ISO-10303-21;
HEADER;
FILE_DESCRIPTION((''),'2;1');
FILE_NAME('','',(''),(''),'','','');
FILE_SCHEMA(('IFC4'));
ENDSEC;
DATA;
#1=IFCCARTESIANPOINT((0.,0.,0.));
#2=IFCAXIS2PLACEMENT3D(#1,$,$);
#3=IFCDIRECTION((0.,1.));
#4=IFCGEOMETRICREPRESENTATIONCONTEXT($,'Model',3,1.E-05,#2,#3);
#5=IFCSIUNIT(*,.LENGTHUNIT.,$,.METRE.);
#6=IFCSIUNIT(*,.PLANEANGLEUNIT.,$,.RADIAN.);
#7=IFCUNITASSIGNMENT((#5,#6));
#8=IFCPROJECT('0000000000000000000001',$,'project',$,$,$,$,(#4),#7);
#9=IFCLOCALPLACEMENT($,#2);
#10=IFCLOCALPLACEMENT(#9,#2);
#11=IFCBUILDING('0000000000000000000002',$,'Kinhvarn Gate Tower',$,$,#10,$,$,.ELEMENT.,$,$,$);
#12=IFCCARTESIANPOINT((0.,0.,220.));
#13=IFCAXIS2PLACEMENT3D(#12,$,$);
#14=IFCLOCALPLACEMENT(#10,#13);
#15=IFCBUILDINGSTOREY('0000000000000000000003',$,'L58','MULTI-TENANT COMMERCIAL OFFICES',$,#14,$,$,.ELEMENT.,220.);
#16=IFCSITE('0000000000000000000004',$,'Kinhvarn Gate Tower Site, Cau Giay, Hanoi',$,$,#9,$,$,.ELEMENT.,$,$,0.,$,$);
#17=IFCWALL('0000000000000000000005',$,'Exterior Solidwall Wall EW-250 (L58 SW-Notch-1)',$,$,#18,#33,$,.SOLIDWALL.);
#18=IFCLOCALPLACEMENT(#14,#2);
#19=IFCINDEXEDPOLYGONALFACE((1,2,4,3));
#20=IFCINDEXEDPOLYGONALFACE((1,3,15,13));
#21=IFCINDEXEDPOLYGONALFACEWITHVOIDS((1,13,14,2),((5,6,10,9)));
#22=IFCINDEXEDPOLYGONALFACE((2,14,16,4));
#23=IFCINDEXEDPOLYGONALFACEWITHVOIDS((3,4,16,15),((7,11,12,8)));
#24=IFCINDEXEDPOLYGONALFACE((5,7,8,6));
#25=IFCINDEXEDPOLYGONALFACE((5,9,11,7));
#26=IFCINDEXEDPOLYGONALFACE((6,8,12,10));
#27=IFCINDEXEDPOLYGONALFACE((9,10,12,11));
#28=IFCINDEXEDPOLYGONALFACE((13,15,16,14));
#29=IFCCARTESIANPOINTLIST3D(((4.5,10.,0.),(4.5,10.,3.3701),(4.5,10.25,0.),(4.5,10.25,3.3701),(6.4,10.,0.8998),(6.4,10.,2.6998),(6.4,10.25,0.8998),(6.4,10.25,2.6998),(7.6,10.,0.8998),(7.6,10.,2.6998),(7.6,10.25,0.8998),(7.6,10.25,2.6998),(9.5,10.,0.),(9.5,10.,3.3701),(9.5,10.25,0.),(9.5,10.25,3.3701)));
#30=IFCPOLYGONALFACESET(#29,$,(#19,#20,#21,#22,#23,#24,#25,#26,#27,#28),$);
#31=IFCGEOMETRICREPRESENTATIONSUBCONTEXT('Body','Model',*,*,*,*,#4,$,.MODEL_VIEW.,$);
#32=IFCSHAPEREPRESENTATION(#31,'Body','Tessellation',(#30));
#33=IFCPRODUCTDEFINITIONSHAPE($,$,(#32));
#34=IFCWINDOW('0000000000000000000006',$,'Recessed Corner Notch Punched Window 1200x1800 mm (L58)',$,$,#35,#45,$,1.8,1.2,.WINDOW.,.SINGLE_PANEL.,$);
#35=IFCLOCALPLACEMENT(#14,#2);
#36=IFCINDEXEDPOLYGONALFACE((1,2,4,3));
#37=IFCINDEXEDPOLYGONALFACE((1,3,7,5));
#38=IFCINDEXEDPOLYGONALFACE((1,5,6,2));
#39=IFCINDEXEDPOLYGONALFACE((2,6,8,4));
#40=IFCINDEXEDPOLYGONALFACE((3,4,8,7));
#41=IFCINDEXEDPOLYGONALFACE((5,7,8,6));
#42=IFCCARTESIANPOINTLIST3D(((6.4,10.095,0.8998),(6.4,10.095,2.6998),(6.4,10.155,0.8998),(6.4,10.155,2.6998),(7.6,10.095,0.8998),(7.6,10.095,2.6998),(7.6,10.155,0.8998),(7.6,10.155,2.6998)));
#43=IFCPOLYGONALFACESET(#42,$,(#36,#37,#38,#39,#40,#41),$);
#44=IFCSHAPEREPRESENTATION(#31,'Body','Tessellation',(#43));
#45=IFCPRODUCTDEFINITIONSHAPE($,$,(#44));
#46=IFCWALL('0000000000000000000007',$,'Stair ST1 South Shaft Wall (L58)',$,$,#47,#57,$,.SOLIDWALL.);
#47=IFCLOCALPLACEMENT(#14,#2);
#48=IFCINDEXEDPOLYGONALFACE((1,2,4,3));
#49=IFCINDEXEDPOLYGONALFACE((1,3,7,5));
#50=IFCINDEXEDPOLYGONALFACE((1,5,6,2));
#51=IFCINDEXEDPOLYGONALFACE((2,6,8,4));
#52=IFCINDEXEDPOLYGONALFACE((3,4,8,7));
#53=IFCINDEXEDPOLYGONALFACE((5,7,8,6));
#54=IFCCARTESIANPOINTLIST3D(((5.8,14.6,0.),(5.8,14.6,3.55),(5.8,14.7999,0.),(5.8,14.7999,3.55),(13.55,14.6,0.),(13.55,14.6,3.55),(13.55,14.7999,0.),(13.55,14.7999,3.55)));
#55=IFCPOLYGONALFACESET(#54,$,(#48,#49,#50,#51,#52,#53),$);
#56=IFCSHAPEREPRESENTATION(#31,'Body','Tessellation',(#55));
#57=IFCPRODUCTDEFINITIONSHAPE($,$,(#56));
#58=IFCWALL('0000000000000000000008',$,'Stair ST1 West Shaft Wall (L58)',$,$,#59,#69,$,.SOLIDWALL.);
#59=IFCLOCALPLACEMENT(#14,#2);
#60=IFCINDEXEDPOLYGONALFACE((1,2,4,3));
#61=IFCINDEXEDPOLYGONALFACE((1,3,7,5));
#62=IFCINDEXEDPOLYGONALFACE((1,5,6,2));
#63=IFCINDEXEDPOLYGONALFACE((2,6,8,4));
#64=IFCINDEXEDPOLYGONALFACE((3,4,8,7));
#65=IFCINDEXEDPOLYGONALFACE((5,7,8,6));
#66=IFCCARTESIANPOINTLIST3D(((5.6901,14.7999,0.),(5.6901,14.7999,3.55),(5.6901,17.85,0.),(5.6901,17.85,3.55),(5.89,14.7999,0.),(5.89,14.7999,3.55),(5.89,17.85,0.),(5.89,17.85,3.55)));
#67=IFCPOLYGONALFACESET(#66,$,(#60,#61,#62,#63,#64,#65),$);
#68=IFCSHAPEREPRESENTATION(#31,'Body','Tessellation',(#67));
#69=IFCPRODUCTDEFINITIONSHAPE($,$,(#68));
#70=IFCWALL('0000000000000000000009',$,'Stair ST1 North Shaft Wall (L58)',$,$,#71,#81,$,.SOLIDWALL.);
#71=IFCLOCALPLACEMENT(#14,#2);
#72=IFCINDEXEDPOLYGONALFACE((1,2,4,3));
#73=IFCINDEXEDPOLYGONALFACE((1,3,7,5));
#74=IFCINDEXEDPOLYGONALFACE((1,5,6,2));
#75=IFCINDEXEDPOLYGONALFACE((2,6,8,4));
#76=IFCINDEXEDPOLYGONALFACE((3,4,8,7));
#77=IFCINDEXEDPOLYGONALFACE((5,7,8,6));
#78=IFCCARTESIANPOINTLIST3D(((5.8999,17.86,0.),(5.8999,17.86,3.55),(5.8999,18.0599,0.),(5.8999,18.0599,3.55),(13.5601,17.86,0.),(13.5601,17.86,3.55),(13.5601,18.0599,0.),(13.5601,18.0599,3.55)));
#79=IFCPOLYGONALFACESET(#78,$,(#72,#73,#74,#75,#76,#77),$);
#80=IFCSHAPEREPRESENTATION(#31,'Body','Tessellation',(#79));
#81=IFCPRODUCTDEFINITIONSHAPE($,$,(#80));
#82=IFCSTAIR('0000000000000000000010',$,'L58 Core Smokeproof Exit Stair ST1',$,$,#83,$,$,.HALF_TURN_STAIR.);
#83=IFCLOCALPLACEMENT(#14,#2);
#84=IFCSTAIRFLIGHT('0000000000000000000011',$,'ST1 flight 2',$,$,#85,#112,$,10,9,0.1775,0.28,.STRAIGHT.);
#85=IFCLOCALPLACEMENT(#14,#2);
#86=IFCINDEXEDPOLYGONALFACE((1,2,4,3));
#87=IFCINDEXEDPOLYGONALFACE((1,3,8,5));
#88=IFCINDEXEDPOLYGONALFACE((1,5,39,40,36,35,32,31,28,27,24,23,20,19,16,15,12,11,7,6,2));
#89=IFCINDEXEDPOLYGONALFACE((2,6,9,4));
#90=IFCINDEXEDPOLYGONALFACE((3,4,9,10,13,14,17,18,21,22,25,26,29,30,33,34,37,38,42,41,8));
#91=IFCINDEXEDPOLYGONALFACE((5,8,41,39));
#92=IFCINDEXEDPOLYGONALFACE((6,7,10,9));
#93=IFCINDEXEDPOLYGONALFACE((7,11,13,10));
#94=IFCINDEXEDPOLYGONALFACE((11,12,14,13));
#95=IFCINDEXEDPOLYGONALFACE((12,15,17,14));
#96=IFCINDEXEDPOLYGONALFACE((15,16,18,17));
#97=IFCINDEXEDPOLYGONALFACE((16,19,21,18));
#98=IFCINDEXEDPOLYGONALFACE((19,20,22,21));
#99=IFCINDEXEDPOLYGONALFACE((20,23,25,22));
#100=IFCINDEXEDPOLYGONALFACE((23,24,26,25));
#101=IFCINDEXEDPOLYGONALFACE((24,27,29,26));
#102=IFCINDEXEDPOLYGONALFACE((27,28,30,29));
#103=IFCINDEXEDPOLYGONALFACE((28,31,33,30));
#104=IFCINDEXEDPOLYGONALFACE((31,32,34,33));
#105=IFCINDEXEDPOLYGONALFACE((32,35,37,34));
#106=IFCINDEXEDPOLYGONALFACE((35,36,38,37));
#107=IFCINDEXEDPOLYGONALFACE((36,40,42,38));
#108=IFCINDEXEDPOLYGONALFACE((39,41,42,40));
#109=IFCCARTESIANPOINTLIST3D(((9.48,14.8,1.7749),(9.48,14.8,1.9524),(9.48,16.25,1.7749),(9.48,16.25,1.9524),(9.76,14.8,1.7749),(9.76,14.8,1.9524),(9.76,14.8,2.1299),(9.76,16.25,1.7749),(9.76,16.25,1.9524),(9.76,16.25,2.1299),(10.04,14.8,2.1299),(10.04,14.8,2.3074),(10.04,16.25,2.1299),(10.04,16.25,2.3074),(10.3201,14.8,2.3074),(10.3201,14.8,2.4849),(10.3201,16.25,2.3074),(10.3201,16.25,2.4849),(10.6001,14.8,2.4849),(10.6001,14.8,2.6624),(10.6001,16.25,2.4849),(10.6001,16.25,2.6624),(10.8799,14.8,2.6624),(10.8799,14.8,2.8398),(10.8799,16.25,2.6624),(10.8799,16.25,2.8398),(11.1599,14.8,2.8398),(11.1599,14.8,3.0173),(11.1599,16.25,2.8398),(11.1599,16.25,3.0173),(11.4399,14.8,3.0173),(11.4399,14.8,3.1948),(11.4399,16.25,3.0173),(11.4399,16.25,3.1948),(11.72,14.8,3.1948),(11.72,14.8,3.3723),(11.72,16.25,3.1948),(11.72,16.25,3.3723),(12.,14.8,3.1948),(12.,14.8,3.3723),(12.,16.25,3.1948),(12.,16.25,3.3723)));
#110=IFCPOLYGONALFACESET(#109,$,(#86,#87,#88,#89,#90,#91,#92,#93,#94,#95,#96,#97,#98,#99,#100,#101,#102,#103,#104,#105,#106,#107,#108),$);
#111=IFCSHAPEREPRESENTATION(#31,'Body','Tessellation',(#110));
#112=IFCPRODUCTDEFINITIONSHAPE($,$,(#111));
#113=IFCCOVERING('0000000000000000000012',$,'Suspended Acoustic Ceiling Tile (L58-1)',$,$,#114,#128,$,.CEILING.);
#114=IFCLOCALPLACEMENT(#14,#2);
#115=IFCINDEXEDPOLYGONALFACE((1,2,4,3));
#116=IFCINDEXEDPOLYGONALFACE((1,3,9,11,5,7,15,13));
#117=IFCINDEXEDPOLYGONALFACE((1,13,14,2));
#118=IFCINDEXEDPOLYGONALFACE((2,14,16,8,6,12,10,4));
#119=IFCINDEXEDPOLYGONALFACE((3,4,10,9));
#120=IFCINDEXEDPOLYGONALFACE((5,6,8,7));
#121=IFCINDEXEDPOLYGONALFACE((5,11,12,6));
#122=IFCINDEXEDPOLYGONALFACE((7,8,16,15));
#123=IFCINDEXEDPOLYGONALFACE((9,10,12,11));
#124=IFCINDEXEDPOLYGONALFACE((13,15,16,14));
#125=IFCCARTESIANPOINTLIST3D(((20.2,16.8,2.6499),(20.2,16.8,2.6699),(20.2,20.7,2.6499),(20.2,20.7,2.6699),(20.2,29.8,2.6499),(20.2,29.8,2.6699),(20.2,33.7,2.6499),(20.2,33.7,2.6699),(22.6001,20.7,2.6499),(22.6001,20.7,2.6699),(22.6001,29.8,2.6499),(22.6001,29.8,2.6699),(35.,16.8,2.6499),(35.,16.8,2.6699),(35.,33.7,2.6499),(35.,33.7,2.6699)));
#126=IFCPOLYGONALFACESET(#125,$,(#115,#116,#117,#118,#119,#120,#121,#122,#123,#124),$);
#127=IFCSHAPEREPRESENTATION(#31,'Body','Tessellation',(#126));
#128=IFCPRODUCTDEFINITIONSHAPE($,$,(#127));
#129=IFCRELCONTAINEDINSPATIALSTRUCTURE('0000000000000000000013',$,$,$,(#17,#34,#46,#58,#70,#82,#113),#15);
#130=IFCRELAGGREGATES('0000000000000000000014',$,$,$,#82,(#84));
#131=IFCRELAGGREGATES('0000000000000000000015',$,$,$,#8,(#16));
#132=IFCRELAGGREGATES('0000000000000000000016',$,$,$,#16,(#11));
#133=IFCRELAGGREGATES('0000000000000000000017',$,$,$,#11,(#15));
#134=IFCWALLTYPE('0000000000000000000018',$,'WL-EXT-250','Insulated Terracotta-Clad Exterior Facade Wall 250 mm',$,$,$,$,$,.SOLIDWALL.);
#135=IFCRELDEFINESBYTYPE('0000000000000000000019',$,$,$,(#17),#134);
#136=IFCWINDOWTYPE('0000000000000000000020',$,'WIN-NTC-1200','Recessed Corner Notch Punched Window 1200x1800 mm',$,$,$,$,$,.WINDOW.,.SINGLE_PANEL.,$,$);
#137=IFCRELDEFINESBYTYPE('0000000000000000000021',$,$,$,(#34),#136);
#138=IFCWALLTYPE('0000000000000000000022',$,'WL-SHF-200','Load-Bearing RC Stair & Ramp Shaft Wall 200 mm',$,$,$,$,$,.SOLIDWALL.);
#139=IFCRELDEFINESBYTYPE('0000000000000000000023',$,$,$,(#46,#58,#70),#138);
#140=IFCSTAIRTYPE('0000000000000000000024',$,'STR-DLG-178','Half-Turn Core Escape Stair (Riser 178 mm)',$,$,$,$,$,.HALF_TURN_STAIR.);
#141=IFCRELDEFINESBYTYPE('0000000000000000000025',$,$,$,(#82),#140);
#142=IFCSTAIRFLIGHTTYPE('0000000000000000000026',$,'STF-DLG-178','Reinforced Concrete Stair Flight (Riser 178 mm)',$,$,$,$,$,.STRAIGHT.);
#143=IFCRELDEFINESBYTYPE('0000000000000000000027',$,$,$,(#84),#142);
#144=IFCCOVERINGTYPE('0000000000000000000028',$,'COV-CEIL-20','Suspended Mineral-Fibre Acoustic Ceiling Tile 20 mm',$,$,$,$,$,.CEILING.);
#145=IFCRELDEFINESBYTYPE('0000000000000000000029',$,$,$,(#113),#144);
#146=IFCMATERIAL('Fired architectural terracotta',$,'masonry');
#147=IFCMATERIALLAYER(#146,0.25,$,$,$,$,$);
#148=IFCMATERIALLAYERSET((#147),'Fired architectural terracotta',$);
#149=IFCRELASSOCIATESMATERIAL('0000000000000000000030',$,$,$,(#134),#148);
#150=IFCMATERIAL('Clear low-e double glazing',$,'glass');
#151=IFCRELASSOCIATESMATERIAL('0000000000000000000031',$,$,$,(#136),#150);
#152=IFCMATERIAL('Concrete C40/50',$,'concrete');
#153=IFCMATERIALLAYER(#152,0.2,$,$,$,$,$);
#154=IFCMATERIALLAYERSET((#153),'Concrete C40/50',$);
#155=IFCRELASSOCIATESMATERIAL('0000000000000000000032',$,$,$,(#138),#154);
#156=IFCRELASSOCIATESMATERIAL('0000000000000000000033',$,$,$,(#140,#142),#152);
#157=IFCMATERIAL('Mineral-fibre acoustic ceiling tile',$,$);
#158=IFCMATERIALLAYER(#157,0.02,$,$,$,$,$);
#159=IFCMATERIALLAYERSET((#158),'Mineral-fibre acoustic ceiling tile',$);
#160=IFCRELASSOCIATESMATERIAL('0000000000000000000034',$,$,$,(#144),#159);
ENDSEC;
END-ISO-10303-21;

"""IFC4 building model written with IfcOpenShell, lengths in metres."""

from ifc_helpers import new_model, si_unit, direction, frame, frame_2d, origin, place, context, subcontext, project, spatial, polyline, rectangle, outline, extrude, material, layer, layer_set, type_object, element, fill, aggregate, save


model = new_model("IFC4")

# Units and contexts
model_context = context("Model", 3, precision=1e-05, world=origin(), true_north=direction((0.0, 1.0)))
body_context = subcontext(model_context, "Body", "Model", "MODEL_VIEW")
ifc_project = project(units=[si_unit("LENGTHUNIT", "METRE"), si_unit("PLANEANGLEUNIT", "RADIAN")], contexts=[model_context])

# Site, building, storey
site_placement = place(None, origin())
site = spatial("IfcSite", under=ifc_project, at=site_placement, Name="Kinhvarn Gate Tower Site, Cau Giay, Hanoi", CompositionType="ELEMENT", RefElevation=0.0)
building_placement = place(site_placement, origin())
building = spatial("IfcBuilding", under=site, at=building_placement, Name="Kinhvarn Gate Tower", CompositionType="ELEMENT")
storey_placement = place(building_placement, frame((0.0, 0.0, 220.0)))
storey = spatial("IfcBuildingStorey", under=building, at=storey_placement, Name="L58", Description="MULTI-TENANT COMMERCIAL OFFICES", CompositionType="ELEMENT", Elevation=220.0)

# Wall, opening, window
ifc_material_1 = material(Name="Fired architectural terracotta", Category="masonry")
ifc_layer_1 = layer(ifc_material_1, 0.25)
ifc_layer_set_1 = layer_set([ifc_layer_1], Name="Fired architectural terracotta")
wall_type_1 = type_object("IfcWallType", Name="WL-EXT-250", Description="Insulated Terracotta-Clad Exterior Facade Wall 250 mm", PredefinedType="SOLIDWALL", material=ifc_layer_set_1)
ifc_material_2 = material(Name="Clear low-e double glazing", Category="glass")
wall_1_placement = place(storey_placement, frame((4.5, 10.125, 0.0), z_axis=(0.0, 0.0, 1.0), x_axis=(1.0, 0.0, 0.0)))
wall_1 = element("IfcWall", 1, at=wall_1_placement, inside=storey, type_object=wall_type_1, Name="Exterior Solidwall Wall EW-250 (L58 SW-Notch-1)", PredefinedType="SOLIDWALL", context=body_context, shape_type="SweptSolid", body=[
    extrude(rectangle(XDim=5.0, YDim=0.25, at=frame_2d((2.5, 0.0))), origin(), (0.0, 0.0, 1.0), 3.3701),
])
opening_1_placement = place(wall_1_placement, frame((1.8999, 0.0, 0.8999)))
opening_1 = element("IfcOpeningElement", 2, at=opening_1_placement, cuts=wall_1, PredefinedType="OPENING", context=body_context, shape_type="SweptSolid", body=[
    extrude(rectangle(XDim=1.2, YDim=1.8, at=frame_2d((0.6001, 0.8999))), frame((0.0, 0.135, 0.0), z_axis=(0.0, -1.0, 0.0), x_axis=(1.0, 0.0, 0.0)), (0.0, 0.0, 1.0), 0.27),
])
window_type_1 = type_object("IfcWindowType", Name="WIN-NTC-1200", Description="Recessed Corner Notch Punched Window 1200x1800 mm", PartitioningType="SINGLE_PANEL", PredefinedType="WINDOW", material=ifc_material_2)
window_1_placement = place(opening_1_placement, origin())
window_1 = element("IfcWindow", 3, at=window_1_placement, inside=storey, type_object=window_type_1, Name="Recessed Corner Notch Punched Window 1200x1800 mm (L58)", OverallHeight=1.8, OverallWidth=1.2, PartitioningType="SINGLE_PANEL", PredefinedType="WINDOW", context=body_context, shape_type="SweptSolid", body=[
    extrude(rectangle(XDim=1.2, YDim=1.8, at=frame_2d((0.6001, 0.8999))), frame((0.0, 0.03, 0.0), z_axis=(0.0, -1.0, 0.0), x_axis=(1.0, 0.0, 0.0)), (0.0, 0.0, 1.0), 0.0601),
])
fill(opening_1, window_1)

# Walls
ifc_material_3 = material(Name="Concrete C40/50", Category="concrete")
ifc_layer_2 = layer(ifc_material_3, 0.2)
ifc_layer_set_2 = layer_set([ifc_layer_2], Name="Concrete C40/50")
wall_type_2 = type_object("IfcWallType", Name="WL-SHF-200", Description="Load-Bearing RC Stair & Ramp Shaft Wall 200 mm", PredefinedType="SOLIDWALL", material=ifc_layer_set_2)
wall_2_placement = place(storey_placement, frame((5.8, 14.7, 0.0), z_axis=(0.0, 0.0, 1.0), x_axis=(1.0, 0.0, 0.0)))
element("IfcWall", 4, at=wall_2_placement, inside=storey, type_object=wall_type_2, Name="Stair ST1 South Shaft Wall (L58)", PredefinedType="SOLIDWALL", context=body_context, shape_type="SweptSolid", body=[
    extrude(rectangle(XDim=7.75, YDim=0.2, at=frame_2d((3.875, 0.0))), origin(), (0.0, 0.0, 1.0), 3.55),
])
wall_3_placement = place(storey_placement, frame((5.79, 14.8, 0.0), z_axis=(0.0, 0.0, 1.0), x_axis=(0.0, 1.0, 0.0)))
element("IfcWall", 5, at=wall_3_placement, inside=storey, type_object=wall_type_2, Name="Stair ST1 West Shaft Wall (L58)", PredefinedType="SOLIDWALL", context=body_context, shape_type="SweptSolid", body=[
    extrude(rectangle(XDim=3.05, YDim=0.2, at=frame_2d((1.5249, 0.0))), origin(), (0.0, 0.0, 1.0), 3.55),
])
wall_4_placement = place(storey_placement, frame((5.8999, 17.96, 0.0), z_axis=(0.0, 0.0, 1.0), x_axis=(1.0, 0.0, 0.0)))
element("IfcWall", 6, at=wall_4_placement, inside=storey, type_object=wall_type_2, Name="Stair ST1 North Shaft Wall (L58)", PredefinedType="SOLIDWALL", context=body_context, shape_type="SweptSolid", body=[
    extrude(rectangle(XDim=7.6602, YDim=0.2, at=frame_2d((3.8301, 0.0))), origin(), (0.0, 0.0, 1.0), 3.55),
])

# Stair, stair flight
stair_type = type_object("IfcStairType", Name="STR-DLG-178", Description="Half-Turn Core Escape Stair (Riser 178 mm)", PredefinedType="HALF_TURN_STAIR", material=ifc_material_3)
stair_placement = place(storey_placement, origin())
stair = element("IfcStair", 7, at=stair_placement, inside=storey, type_object=stair_type, Name="L58 Core Smokeproof Exit Stair ST1", PredefinedType="HALF_TURN_STAIR")
stair_flight_type = type_object("IfcStairFlightType", Name="STF-DLG-178", Description="Reinforced Concrete Stair Flight (Riser 178 mm)", PredefinedType="STRAIGHT", material=ifc_material_3)
stair_flight_placement = place(storey_placement, frame((9.48, 15.5249, 1.7749), z_axis=(0.0, 0.0, 1.0), x_axis=(1.0, 0.0, 0.0)))
stair_flight = element("IfcStairFlight", 8, at=stair_flight_placement, type_object=stair_flight_type, Name="ST1 flight 2", NumberOfRisers=10, NumberOfTreads=9, PredefinedType="STRAIGHT", RiserHeight=0.1775, TreadLength=0.28, context=body_context, shape_type="SweptSolid", body=[
    extrude(outline(polyline([(0.0, 0.0), (0.0, 0.1775), (0.28, 0.1775), (0.28, 0.355), (0.5601, 0.355), (0.5601, 0.5325), (0.8401, 0.5325), (0.8401, 0.71), (1.1201, 0.71), (1.1201, 0.8875), (1.3999, 0.8875), (1.3999, 1.0649), (1.6799, 1.0649), (1.6799, 1.2424), (1.96, 1.2424), (1.96, 1.4199), (2.24, 1.4199), (2.24, 1.5974), (2.52, 1.5974), (2.52, 1.7749), (2.52, 1.4199), (0.28, 0.0), (0.0, 0.0)])), frame((0.0, 0.7251, 0.0), z_axis=(0.0, -1.0, 0.0), x_axis=(1.0, 0.0, 0.0)), (0.0, 0.0, 1.0), 1.45),
])
aggregate(stair, [stair_flight])

# Covering
ifc_material_4 = material(Name="Mineral-fibre acoustic ceiling tile")
ifc_layer_3 = layer(ifc_material_4, 0.02)
ifc_layer_set_3 = layer_set([ifc_layer_3], Name="Mineral-fibre acoustic ceiling tile")
covering_type = type_object("IfcCoveringType", Name="COV-CEIL-20", Description="Suspended Mineral-Fibre Acoustic Ceiling Tile 20 mm", PredefinedType="CEILING", material=ifc_layer_set_3)
covering_placement = place(storey_placement, frame((0.0, 0.0, 2.6499)))
element("IfcCovering", 9, at=covering_placement, inside=storey, type_object=covering_type, Name="Suspended Acoustic Ceiling Tile (L58-1)", PredefinedType="CEILING", context=body_context, shape_type="SweptSolid", body=[
    extrude(outline(polyline([(35.0, 33.7), (35.0, 16.8), (20.2, 16.8), (20.2, 20.7), (22.6001, 20.7), (22.6001, 29.8), (20.2, 29.8), (20.2, 33.7), (35.0, 33.7)])), origin(), (0.0, 0.0, 1.0), 0.02),
])

save(model, "model.ifc")
